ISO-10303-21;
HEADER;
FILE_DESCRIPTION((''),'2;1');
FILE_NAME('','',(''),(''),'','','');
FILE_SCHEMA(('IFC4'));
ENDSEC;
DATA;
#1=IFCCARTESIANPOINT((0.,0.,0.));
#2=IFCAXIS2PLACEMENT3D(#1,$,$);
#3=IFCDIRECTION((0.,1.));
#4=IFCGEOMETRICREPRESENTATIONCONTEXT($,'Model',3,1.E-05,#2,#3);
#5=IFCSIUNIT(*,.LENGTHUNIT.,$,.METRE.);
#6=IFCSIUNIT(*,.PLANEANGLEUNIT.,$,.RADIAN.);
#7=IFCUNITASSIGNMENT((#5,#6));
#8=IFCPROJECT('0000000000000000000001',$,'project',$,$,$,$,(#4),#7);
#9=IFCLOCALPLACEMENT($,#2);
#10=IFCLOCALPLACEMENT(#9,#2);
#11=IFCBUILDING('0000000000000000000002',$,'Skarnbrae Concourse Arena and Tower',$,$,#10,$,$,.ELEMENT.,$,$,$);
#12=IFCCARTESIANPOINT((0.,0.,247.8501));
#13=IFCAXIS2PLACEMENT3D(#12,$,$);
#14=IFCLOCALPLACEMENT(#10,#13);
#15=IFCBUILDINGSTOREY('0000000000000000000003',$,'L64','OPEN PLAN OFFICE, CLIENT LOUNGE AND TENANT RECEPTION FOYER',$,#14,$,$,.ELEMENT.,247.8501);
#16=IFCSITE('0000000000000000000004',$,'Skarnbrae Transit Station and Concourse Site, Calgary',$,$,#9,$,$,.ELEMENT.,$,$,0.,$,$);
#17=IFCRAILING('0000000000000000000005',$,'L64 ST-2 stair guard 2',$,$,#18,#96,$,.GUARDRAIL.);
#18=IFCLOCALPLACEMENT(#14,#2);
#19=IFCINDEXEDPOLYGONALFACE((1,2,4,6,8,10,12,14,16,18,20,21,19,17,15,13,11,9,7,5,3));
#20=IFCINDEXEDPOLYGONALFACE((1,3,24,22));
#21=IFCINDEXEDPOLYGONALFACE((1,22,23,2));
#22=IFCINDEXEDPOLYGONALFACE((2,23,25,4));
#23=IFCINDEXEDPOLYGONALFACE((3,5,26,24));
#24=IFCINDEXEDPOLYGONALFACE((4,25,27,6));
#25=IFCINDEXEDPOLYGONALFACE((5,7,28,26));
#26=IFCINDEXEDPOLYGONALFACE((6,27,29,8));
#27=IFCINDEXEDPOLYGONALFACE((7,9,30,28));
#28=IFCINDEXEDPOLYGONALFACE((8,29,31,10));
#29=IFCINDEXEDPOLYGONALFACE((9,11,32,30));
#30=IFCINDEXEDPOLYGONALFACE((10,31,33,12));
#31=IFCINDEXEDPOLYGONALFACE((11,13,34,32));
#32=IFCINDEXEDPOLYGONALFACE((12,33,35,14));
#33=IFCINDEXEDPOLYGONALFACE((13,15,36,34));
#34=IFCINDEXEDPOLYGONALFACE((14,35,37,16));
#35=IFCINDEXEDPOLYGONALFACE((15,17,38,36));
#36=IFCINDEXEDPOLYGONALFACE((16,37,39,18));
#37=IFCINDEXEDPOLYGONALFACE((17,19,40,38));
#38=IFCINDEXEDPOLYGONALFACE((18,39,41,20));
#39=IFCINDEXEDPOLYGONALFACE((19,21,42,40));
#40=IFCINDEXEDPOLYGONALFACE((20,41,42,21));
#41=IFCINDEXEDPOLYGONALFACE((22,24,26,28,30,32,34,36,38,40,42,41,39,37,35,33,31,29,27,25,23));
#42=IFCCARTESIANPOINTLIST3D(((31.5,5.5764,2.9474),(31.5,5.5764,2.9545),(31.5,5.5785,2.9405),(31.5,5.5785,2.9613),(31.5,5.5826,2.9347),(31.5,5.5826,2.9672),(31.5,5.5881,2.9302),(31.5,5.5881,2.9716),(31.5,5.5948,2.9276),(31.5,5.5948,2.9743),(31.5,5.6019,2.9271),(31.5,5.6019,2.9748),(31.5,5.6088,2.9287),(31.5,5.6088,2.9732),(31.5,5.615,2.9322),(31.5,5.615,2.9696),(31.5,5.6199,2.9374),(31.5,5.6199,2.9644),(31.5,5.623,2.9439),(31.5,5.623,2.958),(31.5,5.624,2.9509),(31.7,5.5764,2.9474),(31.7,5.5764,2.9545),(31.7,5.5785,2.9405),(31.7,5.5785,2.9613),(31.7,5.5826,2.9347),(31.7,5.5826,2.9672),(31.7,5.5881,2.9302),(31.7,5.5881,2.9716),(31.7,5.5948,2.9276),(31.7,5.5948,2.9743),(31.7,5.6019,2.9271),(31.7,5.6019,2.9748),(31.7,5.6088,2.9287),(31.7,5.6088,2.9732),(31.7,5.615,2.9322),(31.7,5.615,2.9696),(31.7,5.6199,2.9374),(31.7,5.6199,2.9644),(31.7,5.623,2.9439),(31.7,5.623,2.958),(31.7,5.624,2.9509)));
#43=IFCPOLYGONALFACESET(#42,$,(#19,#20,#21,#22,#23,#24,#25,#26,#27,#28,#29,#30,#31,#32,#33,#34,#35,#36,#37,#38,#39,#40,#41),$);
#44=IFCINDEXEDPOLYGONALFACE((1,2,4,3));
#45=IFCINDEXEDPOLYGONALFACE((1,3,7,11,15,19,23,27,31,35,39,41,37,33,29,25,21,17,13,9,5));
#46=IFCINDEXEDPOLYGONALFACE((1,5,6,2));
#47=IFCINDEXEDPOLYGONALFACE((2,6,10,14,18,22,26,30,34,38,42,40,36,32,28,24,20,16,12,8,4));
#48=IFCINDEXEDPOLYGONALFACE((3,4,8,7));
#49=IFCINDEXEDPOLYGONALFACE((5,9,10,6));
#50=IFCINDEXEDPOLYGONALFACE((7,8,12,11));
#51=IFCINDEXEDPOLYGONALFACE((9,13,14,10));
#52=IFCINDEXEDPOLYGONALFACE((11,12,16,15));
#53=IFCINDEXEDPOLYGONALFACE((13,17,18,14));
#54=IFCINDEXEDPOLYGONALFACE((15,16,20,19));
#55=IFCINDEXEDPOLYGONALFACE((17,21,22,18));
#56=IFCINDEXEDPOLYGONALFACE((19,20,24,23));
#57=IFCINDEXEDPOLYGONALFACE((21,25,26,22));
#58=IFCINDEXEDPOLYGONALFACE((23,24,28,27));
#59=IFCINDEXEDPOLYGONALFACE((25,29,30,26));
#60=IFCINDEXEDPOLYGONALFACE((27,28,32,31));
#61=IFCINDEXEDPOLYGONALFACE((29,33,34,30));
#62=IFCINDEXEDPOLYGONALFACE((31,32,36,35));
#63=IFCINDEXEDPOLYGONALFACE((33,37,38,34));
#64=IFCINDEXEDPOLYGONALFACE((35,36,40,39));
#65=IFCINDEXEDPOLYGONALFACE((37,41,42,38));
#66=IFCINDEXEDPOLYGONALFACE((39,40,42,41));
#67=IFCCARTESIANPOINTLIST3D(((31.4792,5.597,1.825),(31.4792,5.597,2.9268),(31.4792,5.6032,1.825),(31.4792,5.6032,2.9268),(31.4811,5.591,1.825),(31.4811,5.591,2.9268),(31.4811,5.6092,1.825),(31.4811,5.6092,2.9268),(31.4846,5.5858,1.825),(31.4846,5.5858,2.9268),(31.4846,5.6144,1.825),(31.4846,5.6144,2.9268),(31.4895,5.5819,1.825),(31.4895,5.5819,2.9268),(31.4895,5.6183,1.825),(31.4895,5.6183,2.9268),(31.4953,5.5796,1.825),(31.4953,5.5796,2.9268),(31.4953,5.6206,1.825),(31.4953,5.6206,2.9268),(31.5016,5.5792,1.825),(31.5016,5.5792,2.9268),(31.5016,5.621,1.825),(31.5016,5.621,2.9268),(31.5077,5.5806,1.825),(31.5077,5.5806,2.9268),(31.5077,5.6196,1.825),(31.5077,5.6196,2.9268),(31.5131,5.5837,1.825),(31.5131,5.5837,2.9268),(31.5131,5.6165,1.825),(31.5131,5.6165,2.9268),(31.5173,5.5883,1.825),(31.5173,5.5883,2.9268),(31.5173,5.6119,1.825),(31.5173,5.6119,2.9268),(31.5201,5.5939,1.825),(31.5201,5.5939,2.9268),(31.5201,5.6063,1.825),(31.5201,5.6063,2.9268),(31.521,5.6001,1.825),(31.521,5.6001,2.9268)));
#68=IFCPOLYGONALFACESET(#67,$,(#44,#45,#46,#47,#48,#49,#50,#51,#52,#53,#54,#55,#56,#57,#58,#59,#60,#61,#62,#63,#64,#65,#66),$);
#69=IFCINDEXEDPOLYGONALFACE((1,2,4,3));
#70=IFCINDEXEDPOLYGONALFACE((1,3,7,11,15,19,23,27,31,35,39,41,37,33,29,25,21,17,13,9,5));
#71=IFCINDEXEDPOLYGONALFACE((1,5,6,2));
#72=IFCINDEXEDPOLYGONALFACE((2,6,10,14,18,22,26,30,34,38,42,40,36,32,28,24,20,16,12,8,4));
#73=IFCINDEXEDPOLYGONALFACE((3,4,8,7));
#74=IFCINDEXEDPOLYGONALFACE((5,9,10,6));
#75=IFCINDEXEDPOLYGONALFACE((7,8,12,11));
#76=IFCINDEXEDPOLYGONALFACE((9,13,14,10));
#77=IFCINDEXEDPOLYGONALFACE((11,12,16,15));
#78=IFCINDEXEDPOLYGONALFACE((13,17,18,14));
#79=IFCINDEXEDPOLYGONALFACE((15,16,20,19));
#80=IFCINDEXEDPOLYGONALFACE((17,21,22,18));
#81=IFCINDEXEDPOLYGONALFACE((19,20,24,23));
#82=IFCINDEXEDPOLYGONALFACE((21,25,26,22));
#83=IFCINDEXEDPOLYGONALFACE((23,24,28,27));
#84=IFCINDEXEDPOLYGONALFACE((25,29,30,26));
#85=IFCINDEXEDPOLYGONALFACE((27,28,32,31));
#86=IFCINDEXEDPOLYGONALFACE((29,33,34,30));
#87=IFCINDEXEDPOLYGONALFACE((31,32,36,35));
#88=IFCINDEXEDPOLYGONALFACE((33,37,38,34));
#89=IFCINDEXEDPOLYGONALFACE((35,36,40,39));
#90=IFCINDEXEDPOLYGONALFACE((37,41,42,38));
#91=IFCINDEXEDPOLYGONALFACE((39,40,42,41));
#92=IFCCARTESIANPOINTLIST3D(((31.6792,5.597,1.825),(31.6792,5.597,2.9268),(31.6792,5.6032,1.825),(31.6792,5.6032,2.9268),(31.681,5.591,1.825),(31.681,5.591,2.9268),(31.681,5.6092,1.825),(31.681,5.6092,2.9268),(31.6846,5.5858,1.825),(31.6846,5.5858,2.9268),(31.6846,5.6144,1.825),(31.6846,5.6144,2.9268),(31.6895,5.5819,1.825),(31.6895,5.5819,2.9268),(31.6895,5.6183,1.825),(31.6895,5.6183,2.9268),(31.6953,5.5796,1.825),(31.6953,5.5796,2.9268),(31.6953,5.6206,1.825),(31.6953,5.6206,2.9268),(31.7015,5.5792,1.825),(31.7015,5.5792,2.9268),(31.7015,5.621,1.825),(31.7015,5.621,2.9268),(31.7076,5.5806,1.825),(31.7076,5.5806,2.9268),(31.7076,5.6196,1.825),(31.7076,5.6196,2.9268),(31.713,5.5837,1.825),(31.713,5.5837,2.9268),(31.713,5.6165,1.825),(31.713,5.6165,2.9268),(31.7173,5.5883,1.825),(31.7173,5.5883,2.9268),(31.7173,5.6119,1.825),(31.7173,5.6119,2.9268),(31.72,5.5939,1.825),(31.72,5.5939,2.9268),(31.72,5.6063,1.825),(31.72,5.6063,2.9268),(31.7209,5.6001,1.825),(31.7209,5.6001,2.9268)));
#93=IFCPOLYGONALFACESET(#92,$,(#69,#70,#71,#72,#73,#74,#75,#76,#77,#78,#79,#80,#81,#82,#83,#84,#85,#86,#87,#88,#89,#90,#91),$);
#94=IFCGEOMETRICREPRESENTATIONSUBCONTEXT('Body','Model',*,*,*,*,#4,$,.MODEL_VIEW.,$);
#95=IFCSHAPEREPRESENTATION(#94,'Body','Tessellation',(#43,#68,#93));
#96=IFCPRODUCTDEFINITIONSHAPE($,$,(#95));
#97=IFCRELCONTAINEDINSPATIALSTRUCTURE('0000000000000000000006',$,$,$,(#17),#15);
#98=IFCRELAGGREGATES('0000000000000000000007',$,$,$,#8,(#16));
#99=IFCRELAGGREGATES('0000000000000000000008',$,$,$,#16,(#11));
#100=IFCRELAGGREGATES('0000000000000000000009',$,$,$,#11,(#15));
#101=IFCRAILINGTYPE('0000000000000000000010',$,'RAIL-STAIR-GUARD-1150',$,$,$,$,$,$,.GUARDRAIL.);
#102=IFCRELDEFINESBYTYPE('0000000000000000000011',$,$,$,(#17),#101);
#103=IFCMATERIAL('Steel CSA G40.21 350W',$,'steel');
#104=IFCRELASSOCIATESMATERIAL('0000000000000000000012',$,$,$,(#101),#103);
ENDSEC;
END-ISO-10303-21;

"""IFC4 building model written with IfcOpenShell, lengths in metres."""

from ifc_helpers import new_model, si_unit, direction, frame, origin, origin_2d, place, context, subcontext, project, spatial, circle, extrude, material, type_object, element, save


model = new_model("IFC4")

# Units and contexts
model_context = context("Model", 3, precision=1e-05, world=origin(), true_north=direction((0.0, 1.0)))
body_context = subcontext(model_context, "Body", "Model", "MODEL_VIEW")
ifc_project = project(units=[si_unit("LENGTHUNIT", "METRE"), si_unit("PLANEANGLEUNIT", "RADIAN")], contexts=[model_context])

# Site, building, storey
site_placement = place(None, origin())
site = spatial("IfcSite", under=ifc_project, at=site_placement, Name="Skarnbrae Transit Station and Concourse Site, Calgary", CompositionType="ELEMENT", RefElevation=0.0)
building_placement = place(site_placement, origin())
building = spatial("IfcBuilding", under=site, at=building_placement, Name="Skarnbrae Concourse Arena and Tower", CompositionType="ELEMENT")
storey_placement = place(building_placement, frame((0.0, 0.0, 247.8501)))
storey = spatial("IfcBuildingStorey", under=building, at=storey_placement, Name="L64", Description="OPEN PLAN OFFICE, CLIENT LOUNGE AND TENANT RECEPTION FOYER", CompositionType="ELEMENT", Elevation=247.8501)

# Shared definitions
ifc_material_1 = material(Name="Steel CSA G40.21 350W", Category="steel")

# Railing
railing_type_1 = type_object("IfcRailingType", Name="RAIL-STAIR-GUARD-1150", PredefinedType="GUARDRAIL", material=ifc_material_1)
railing_1_placement = place(storey_placement, frame((31.5, 5.6001, 1.825)))
element("IfcRailing", 1, at=railing_1_placement, inside=storey, type_object=railing_type_1, Name="L64 ST-2 stair guard 2", PredefinedType="GUARDRAIL", context=body_context, shape_type="SweptSolid", body=[
    extrude(circle(Radius=0.0239, at=origin_2d()), frame((0.0, 0.0, 1.126), z_axis=(1.0, 0.0, 0.0), x_axis=(0.0, 1.0, 0.0)), (0.0, 0.0, 1.0), 0.2),
    extrude(circle(Radius=0.021, at=origin_2d()), origin(), (0.0, 0.0, 1.0), 1.1018),
    extrude(circle(Radius=0.021, at=origin_2d()), frame((0.2, 0.0, 0.0)), (0.0, 0.0, 1.0), 1.1018),
])

save(model, "model.ifc")
